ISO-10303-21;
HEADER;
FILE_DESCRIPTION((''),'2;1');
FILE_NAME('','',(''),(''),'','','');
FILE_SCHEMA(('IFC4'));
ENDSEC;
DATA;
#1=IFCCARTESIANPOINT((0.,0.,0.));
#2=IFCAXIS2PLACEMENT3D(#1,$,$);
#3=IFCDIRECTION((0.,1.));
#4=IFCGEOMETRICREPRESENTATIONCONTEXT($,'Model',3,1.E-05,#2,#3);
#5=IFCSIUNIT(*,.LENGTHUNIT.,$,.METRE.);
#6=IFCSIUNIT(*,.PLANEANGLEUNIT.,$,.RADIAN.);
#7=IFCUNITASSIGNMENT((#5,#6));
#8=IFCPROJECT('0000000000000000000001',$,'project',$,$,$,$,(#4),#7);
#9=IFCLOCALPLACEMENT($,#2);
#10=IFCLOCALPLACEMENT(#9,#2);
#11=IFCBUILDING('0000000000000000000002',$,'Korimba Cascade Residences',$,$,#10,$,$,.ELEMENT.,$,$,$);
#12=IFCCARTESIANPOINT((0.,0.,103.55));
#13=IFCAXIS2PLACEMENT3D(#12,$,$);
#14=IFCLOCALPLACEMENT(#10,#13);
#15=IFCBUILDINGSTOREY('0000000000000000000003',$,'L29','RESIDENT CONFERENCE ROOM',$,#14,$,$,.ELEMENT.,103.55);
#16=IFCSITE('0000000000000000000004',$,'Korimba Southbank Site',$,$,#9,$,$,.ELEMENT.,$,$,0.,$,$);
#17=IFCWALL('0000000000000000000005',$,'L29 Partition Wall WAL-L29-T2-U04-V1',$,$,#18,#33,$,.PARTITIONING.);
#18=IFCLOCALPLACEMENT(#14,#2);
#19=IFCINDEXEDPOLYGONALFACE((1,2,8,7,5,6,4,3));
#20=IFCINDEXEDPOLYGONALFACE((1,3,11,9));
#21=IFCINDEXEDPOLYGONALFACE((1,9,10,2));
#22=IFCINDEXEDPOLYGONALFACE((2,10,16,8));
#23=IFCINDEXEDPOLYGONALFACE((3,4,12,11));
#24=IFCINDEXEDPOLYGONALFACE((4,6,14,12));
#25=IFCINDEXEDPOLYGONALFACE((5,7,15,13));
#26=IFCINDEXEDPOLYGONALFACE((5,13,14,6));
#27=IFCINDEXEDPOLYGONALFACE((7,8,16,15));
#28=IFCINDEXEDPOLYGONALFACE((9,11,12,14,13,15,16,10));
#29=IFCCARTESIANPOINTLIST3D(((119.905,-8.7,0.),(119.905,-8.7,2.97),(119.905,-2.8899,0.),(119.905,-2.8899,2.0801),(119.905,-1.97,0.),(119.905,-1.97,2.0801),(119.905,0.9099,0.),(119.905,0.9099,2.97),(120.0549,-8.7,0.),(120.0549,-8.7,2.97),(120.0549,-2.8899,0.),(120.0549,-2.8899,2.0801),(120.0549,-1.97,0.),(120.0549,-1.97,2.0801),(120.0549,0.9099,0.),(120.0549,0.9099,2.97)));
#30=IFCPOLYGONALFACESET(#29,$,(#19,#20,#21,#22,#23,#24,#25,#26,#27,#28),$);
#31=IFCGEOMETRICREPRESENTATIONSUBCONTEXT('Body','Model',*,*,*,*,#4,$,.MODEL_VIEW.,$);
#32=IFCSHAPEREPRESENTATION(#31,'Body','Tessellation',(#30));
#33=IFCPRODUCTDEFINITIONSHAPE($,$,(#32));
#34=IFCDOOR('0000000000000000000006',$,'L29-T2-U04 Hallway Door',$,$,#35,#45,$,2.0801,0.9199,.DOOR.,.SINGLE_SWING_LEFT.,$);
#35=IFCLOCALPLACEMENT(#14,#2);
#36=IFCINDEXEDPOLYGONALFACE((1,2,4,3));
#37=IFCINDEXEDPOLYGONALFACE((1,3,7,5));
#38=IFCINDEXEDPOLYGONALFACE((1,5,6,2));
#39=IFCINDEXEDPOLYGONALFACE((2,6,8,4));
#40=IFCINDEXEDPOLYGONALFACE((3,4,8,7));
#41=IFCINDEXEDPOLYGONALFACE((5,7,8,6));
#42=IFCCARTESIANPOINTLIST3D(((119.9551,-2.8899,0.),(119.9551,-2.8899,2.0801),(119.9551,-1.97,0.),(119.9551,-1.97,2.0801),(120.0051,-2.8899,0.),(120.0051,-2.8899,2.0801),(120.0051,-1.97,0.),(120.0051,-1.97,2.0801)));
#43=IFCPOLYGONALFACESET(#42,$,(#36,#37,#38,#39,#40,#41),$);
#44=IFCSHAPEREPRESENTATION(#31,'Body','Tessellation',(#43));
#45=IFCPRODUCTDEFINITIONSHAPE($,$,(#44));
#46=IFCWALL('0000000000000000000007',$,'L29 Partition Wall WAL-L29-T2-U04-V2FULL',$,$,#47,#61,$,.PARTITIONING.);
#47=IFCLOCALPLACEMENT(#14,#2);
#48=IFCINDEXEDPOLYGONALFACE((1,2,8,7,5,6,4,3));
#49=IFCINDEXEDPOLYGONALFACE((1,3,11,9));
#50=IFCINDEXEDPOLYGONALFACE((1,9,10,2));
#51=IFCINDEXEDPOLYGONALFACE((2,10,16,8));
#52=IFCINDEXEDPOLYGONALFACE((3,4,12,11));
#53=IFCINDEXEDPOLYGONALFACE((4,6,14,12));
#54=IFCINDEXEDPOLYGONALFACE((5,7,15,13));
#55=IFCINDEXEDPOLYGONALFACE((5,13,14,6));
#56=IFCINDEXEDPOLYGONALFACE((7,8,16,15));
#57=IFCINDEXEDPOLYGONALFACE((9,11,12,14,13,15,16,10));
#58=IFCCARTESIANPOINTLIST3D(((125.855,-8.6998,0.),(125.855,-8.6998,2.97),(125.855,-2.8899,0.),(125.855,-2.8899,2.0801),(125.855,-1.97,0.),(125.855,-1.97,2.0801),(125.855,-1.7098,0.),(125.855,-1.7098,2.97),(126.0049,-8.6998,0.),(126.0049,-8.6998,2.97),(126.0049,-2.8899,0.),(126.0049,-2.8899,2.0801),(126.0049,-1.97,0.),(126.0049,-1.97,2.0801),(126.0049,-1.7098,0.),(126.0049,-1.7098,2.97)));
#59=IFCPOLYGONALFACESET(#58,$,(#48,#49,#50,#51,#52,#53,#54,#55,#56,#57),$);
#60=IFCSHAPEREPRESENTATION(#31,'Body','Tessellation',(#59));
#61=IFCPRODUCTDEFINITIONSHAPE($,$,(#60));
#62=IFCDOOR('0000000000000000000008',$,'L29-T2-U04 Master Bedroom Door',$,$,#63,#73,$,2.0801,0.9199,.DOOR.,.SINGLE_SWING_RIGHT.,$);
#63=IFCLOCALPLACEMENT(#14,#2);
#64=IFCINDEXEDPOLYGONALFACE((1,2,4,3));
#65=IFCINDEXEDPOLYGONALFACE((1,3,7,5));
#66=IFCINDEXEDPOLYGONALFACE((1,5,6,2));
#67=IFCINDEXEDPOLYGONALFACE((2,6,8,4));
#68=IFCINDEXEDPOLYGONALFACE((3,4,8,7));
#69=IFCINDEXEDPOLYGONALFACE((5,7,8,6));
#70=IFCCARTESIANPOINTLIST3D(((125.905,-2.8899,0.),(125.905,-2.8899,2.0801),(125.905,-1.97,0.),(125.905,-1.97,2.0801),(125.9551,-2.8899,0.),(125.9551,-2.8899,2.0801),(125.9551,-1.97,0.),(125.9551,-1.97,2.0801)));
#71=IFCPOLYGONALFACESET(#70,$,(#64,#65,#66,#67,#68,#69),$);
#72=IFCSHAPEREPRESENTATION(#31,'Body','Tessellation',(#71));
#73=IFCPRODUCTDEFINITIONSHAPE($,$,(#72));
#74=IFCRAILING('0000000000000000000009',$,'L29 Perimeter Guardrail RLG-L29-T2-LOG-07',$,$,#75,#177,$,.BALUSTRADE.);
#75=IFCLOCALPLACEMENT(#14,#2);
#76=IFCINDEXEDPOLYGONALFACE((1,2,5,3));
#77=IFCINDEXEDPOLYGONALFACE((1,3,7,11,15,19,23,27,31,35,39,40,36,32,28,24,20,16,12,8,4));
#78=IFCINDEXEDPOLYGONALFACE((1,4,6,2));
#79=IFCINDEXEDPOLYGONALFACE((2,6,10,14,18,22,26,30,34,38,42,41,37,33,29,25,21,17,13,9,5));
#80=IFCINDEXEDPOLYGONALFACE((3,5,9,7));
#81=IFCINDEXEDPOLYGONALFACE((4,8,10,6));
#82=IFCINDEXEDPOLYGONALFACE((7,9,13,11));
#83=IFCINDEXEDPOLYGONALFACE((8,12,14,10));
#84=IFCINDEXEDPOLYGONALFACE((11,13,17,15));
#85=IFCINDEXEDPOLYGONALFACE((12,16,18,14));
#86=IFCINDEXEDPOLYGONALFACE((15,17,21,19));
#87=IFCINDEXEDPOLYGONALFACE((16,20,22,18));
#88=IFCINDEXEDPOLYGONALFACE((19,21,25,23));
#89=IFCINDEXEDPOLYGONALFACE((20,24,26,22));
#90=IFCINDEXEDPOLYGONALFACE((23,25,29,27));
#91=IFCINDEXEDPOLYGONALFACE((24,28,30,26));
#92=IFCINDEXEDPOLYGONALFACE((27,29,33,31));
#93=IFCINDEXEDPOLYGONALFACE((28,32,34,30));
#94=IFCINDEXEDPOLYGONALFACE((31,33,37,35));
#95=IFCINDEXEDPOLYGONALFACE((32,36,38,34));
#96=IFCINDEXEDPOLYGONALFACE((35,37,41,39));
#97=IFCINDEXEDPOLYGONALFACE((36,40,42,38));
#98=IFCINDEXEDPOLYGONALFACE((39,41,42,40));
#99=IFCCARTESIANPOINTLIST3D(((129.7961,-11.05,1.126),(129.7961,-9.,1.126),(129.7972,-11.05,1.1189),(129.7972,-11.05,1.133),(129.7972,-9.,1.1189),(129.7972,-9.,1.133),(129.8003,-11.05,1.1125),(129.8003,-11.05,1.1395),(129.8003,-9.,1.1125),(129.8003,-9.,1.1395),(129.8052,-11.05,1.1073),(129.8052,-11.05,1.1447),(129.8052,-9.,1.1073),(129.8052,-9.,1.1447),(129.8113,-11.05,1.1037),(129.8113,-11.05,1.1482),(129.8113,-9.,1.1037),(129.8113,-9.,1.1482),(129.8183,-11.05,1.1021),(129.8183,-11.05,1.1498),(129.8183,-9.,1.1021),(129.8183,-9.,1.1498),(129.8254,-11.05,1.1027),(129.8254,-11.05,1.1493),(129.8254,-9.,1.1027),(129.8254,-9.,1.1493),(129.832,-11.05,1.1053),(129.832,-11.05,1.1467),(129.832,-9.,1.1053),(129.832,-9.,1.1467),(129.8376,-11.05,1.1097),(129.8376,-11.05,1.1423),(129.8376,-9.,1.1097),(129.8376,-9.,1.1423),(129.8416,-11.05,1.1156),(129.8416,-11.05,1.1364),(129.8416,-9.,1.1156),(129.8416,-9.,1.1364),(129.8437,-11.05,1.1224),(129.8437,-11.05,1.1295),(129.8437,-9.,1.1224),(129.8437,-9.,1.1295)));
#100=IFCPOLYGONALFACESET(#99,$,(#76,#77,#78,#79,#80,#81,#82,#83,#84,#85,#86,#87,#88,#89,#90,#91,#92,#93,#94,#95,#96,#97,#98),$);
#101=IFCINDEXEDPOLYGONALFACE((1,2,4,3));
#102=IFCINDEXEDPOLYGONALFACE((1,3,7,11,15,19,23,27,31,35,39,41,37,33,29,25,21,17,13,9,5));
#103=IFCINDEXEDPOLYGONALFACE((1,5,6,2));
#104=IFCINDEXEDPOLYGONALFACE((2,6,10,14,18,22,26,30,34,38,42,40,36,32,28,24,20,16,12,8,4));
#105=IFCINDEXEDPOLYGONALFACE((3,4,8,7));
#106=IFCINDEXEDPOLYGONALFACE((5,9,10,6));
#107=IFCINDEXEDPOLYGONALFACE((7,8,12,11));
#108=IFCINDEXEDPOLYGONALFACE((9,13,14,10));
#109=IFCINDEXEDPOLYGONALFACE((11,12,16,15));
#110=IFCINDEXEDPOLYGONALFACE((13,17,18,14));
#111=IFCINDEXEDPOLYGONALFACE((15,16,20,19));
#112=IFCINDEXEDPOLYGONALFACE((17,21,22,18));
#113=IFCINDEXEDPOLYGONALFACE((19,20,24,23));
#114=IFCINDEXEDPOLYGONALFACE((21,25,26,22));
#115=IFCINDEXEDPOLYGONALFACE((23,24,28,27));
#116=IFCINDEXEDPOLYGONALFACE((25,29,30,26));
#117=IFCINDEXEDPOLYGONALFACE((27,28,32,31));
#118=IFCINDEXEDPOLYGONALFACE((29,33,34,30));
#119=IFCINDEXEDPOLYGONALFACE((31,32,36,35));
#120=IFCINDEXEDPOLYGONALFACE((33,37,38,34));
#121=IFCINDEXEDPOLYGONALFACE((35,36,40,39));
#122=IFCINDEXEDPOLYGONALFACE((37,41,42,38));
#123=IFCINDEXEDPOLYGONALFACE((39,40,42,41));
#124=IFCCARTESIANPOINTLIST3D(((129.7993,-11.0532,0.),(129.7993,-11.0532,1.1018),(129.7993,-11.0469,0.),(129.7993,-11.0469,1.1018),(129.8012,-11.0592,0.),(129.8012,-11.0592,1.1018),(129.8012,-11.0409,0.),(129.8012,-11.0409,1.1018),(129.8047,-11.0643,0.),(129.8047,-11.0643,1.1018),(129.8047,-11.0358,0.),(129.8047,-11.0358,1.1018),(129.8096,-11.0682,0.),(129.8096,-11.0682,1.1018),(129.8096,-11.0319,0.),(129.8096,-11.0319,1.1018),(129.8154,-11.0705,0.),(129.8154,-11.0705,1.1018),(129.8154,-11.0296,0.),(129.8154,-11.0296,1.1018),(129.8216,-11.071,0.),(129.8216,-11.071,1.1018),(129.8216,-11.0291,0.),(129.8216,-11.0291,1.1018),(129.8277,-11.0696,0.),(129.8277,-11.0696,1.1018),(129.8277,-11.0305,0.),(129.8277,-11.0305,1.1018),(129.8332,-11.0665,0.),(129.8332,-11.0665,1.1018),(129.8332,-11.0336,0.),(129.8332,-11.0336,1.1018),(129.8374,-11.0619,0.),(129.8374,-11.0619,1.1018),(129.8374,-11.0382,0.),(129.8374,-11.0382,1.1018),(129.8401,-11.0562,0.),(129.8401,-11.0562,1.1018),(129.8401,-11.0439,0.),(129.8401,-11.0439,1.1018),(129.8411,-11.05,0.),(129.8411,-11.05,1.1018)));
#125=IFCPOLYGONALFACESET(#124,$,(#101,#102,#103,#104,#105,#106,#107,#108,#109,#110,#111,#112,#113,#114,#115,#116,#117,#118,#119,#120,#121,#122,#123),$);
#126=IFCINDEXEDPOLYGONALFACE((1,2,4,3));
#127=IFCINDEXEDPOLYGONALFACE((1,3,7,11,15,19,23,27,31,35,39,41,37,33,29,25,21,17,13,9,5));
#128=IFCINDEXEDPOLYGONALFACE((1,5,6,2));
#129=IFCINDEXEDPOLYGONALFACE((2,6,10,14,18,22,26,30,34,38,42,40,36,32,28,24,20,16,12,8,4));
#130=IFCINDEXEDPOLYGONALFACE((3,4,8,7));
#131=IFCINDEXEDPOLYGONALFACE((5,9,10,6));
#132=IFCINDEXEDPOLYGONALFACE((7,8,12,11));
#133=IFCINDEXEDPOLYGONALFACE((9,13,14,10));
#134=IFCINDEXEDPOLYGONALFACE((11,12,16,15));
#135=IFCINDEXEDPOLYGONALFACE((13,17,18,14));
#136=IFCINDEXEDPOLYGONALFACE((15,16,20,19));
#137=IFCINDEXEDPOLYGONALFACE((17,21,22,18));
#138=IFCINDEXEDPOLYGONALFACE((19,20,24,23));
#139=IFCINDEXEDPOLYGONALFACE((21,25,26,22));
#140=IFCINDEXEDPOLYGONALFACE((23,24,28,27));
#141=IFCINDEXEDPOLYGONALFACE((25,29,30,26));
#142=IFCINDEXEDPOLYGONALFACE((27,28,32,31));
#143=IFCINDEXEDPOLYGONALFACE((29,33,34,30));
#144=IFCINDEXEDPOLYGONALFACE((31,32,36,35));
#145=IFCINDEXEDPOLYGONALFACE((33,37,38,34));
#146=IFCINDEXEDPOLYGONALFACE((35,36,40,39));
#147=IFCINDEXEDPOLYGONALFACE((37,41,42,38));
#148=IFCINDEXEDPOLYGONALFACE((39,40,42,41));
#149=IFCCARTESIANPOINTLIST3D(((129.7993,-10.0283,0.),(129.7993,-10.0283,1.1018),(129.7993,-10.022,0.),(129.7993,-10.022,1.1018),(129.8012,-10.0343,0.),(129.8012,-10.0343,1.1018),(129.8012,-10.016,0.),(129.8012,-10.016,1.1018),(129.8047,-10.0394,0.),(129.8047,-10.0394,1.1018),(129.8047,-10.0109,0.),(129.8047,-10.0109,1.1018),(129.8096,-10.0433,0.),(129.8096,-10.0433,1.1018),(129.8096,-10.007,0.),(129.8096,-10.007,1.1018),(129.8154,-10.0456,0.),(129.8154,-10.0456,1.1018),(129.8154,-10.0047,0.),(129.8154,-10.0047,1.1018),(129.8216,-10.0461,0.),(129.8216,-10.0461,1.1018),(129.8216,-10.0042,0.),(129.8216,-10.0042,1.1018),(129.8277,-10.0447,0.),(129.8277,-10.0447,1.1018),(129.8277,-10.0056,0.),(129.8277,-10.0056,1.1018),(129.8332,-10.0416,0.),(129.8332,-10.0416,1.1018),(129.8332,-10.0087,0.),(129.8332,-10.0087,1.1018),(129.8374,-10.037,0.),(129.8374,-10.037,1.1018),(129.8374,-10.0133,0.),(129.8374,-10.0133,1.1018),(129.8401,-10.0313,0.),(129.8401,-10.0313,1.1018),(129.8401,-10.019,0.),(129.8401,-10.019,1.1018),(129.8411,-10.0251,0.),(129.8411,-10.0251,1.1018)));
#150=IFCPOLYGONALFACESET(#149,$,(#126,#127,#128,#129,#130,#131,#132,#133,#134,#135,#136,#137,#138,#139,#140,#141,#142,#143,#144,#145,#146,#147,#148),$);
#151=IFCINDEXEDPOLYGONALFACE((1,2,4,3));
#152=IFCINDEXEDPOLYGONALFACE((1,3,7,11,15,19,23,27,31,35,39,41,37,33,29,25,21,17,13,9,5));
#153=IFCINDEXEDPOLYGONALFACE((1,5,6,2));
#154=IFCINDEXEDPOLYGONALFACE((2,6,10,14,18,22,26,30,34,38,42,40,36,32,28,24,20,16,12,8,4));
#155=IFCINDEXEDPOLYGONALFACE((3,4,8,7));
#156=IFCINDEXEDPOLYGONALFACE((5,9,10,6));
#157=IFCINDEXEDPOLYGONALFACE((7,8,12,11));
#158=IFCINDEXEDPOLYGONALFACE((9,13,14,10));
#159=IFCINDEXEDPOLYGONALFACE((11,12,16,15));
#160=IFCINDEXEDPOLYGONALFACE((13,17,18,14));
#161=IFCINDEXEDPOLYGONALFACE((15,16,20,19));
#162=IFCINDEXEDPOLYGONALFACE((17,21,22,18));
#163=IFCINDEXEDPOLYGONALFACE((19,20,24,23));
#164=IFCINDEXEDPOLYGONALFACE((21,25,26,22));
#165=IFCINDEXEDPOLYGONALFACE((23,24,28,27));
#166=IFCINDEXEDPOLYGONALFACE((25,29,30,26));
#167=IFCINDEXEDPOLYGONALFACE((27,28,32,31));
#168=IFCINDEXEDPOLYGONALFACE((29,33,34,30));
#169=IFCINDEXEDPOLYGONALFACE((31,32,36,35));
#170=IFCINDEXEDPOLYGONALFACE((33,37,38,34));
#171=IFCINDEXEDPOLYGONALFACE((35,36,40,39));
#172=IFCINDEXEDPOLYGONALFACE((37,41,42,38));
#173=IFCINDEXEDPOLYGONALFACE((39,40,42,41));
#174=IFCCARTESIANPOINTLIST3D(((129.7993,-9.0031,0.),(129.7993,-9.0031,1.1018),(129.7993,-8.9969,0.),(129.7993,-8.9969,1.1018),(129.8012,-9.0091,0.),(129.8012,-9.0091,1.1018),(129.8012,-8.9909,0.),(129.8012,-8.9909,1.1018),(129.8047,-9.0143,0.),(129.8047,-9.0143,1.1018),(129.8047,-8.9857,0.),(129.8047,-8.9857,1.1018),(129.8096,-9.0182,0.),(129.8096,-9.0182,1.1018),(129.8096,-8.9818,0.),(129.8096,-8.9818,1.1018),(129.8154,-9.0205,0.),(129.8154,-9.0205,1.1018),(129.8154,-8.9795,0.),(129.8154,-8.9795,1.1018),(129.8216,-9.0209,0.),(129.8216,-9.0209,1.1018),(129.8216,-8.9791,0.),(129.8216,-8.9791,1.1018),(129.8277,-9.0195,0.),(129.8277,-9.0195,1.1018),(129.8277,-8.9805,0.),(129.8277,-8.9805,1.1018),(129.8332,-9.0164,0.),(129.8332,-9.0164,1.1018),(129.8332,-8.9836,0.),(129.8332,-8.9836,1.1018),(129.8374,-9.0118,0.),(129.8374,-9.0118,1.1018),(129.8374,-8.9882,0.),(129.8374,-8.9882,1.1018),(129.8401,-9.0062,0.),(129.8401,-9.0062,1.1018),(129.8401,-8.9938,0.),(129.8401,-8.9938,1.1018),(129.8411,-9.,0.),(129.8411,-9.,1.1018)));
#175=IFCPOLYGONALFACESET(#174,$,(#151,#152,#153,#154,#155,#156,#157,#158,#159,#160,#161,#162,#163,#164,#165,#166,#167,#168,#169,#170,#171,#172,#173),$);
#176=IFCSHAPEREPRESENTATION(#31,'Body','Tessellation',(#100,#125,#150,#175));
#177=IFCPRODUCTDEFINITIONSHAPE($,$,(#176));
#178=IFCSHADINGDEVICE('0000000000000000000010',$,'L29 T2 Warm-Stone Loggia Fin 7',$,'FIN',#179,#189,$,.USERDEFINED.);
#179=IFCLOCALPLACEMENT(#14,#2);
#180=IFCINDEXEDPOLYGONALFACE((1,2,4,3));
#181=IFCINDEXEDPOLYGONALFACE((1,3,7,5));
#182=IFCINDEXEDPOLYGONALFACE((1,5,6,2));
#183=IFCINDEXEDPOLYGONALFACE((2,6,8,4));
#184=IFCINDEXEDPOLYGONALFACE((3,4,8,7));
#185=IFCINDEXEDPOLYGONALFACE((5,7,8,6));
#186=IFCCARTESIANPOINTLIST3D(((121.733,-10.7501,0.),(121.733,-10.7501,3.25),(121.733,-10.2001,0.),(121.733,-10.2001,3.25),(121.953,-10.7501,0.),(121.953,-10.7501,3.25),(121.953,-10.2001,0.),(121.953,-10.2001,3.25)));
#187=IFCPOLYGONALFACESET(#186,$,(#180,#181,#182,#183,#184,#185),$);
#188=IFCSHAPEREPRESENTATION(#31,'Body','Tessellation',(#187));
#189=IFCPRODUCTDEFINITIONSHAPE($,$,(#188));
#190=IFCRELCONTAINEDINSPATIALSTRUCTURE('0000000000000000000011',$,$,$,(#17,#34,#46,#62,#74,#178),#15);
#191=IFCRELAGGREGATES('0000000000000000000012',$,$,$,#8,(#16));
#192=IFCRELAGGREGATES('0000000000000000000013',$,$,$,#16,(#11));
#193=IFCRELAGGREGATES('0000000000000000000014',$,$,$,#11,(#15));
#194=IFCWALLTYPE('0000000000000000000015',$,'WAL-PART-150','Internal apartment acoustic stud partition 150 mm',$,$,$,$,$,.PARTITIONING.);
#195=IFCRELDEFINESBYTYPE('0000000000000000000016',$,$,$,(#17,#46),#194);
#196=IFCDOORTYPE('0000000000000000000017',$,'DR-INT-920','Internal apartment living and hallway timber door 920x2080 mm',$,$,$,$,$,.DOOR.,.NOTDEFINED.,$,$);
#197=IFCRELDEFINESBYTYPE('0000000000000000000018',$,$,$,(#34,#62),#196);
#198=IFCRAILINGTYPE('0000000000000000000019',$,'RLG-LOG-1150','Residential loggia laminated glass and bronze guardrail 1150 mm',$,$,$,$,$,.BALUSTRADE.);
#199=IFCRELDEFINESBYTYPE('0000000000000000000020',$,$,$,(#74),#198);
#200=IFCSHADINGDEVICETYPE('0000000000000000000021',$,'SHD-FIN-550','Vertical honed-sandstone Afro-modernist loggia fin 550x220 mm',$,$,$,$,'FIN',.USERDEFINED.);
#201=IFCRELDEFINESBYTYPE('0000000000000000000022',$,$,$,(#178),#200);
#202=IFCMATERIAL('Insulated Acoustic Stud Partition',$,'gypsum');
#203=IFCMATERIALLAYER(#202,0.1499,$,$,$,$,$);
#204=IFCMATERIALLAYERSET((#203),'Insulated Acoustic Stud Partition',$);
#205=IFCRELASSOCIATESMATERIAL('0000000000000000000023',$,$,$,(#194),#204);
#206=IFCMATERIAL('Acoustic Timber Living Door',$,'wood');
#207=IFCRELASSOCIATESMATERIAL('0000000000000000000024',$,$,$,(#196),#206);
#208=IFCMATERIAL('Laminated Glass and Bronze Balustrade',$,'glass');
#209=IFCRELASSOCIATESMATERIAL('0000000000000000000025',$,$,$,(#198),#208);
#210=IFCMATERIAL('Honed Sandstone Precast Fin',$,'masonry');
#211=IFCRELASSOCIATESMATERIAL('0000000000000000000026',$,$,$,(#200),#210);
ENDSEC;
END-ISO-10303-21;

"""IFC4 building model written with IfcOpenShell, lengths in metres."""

from ifc_helpers import new_model, si_unit, direction, frame, frame_2d, origin, origin_2d, place, context, subcontext, project, spatial, rectangle, circle, extrude, material, layer, layer_set, type_object, element, fill, save


model = new_model("IFC4")

# Units and contexts
model_context = context("Model", 3, precision=1e-05, world=origin(), true_north=direction((0.0, 1.0)))
body_context = subcontext(model_context, "Body", "Model", "MODEL_VIEW")
ifc_project = project(units=[si_unit("LENGTHUNIT", "METRE"), si_unit("PLANEANGLEUNIT", "RADIAN")], contexts=[model_context])

# Site, building, storey
site_placement = place(None, origin())
site = spatial("IfcSite", under=ifc_project, at=site_placement, Name="Korimba Southbank Site", CompositionType="ELEMENT", RefElevation=0.0)
building_placement = place(site_placement, origin())
building = spatial("IfcBuilding", under=site, at=building_placement, Name="Korimba Cascade Residences", CompositionType="ELEMENT")
storey_placement = place(building_placement, frame((0.0, 0.0, 103.55)))
storey = spatial("IfcBuildingStorey", under=building, at=storey_placement, Name="L29", Description="RESIDENT CONFERENCE ROOM", CompositionType="ELEMENT", Elevation=103.55)

# Walls, openings, doors
ifc_material_1 = material(Name="Insulated Acoustic Stud Partition", Category="gypsum")
ifc_layer_1 = layer(ifc_material_1, 0.1499)
ifc_layer_set_1 = layer_set([ifc_layer_1], Name="Insulated Acoustic Stud Partition")
wall_type_1 = type_object("IfcWallType", Name="WAL-PART-150", Description="Internal apartment acoustic stud partition 150 mm", PredefinedType="PARTITIONING", material=ifc_layer_set_1)
wall_1_placement = place(storey_placement, frame((119.98, -8.7, 0.0), z_axis=(0.0, 0.0, 1.0), x_axis=(0.0, 1.0, 0.0)))
wall_1 = element("IfcWall", 1, at=wall_1_placement, inside=storey, type_object=wall_type_1, Name="L29 Partition Wall WAL-L29-T2-U04-V1", PredefinedType="PARTITIONING", context=body_context, shape_type="SweptSolid", body=[
    extrude(rectangle(XDim=9.6099, YDim=0.1499, at=frame_2d((4.8049, 0.0))), origin(), (0.0, 0.0, 1.0), 2.97),
])
opening_1_placement = place(wall_1_placement, frame((5.8101, 0.0, 0.0)))
opening_1 = element("IfcOpeningElement", 2, at=opening_1_placement, cuts=wall_1, PredefinedType="OPENING", context=body_context, shape_type="SweptSolid", body=[
    extrude(rectangle(XDim=0.9199, YDim=2.0801, at=frame_2d((0.46, 1.04))), frame((0.0, 0.085, 0.0), z_axis=(0.0, -1.0, 0.0), x_axis=(1.0, 0.0, 0.0)), (0.0, 0.0, 1.0), 0.1699),
])
ifc_material_2 = material(Name="Acoustic Timber Living Door", Category="wood")
door_type = type_object("IfcDoorType", Name="DR-INT-920", Description="Internal apartment living and hallway timber door 920x2080 mm", OperationType="NOTDEFINED", PredefinedType="DOOR", material=ifc_material_2)
door_1_placement = place(opening_1_placement, origin())
door_1 = element("IfcDoor", 3, at=door_1_placement, inside=storey, type_object=door_type, Name="L29-T2-U04 Hallway Door", OperationType="SINGLE_SWING_LEFT", OverallHeight=2.0801, OverallWidth=0.9199, PredefinedType="DOOR", context=body_context, shape_type="SweptSolid", body=[
    extrude(rectangle(XDim=0.9199, YDim=2.0801, at=frame_2d((0.46, 1.04))), frame((0.0, 0.0249, 0.0), z_axis=(0.0, -1.0, 0.0), x_axis=(1.0, 0.0, 0.0)), (0.0, 0.0, 1.0), 0.05),
])
fill(opening_1, door_1)
wall_2_placement = place(storey_placement, frame((125.9299, -8.7, 0.0), z_axis=(0.0, 0.0, 1.0), x_axis=(0.0, 1.0, 0.0)))
wall_2 = element("IfcWall", 4, at=wall_2_placement, inside=storey, type_object=wall_type_1, Name="L29 Partition Wall WAL-L29-T2-U04-V2FULL", PredefinedType="PARTITIONING", context=body_context, shape_type="SweptSolid", body=[
    extrude(rectangle(XDim=6.99, YDim=0.1499, at=frame_2d((3.4951, 0.0))), origin(), (0.0, 0.0, 1.0), 2.97),
])
opening_2_placement = place(wall_2_placement, frame((5.8101, 0.0, 0.0)))
opening_2 = element("IfcOpeningElement", 5, at=opening_2_placement, cuts=wall_2, PredefinedType="OPENING", context=body_context, shape_type="SweptSolid", body=[
    extrude(rectangle(XDim=0.9199, YDim=2.0801, at=frame_2d((0.46, 1.04))), frame((0.0, 0.085, 0.0), z_axis=(0.0, -1.0, 0.0), x_axis=(1.0, 0.0, 0.0)), (0.0, 0.0, 1.0), 0.1699),
])
door_2_placement = place(opening_2_placement, origin())
door_2 = element("IfcDoor", 6, at=door_2_placement, inside=storey, type_object=door_type, Name="L29-T2-U04 Master Bedroom Door", OperationType="SINGLE_SWING_RIGHT", OverallHeight=2.0801, OverallWidth=0.9199, PredefinedType="DOOR", context=body_context, shape_type="SweptSolid", body=[
    extrude(rectangle(XDim=0.9199, YDim=2.0801, at=frame_2d((0.46, 1.04))), frame((0.0, 0.0249, 0.0), z_axis=(0.0, -1.0, 0.0), x_axis=(1.0, 0.0, 0.0)), (0.0, 0.0, 1.0), 0.05),
])
fill(opening_2, door_2)

# Railing
ifc_material_3 = material(Name="Laminated Glass and Bronze Balustrade", Category="glass")
railing_type = type_object("IfcRailingType", Name="RLG-LOG-1150", Description="Residential loggia laminated glass and bronze guardrail 1150 mm", PredefinedType="BALUSTRADE", material=ifc_material_3)
railing_1_placement = place(storey_placement, frame((129.8201, -11.05, 0.0)))
element("IfcRailing", 7, at=railing_1_placement, inside=storey, type_object=railing_type, Name="L29 Perimeter Guardrail RLG-L29-T2-LOG-07", PredefinedType="BALUSTRADE", context=body_context, shape_type="SweptSolid", body=[
    extrude(circle(Radius=0.0239, at=origin_2d()), frame((0.0, 0.0, 1.126), z_axis=(0.0, 1.0, 0.0), x_axis=(-1.0, 0.0, 0.0)), (0.0, 0.0, 1.0), 2.05),
    extrude(circle(Radius=0.021, at=origin_2d()), origin(), (0.0, 0.0, 1.0), 1.1018),
    extrude(circle(Radius=0.021, at=origin_2d()), frame((0.0, 1.0249, 0.0)), (0.0, 0.0, 1.0), 1.1018),
    extrude(circle(Radius=0.021, at=origin_2d()), frame((0.0, 2.05, 0.0)), (0.0, 0.0, 1.0), 1.1018),
])

# Shading device
ifc_material_4 = material(Name="Honed Sandstone Precast Fin", Category="masonry")
shading_device_type = type_object("IfcShadingDeviceType", Name="SHD-FIN-550", Description="Vertical honed-sandstone Afro-modernist loggia fin 550x220 mm", ElementType="FIN", PredefinedType="USERDEFINED", material=ifc_material_4)
for number, where, z_axis, x_axis, name in (
    (8, (121.843, -10.4751, 0.0), (0.0, 0.0, 1.0), (1.0, 0.0, 0.0), "L29 T2 Warm-Stone Loggia Fin 7"),
):
    element("IfcShadingDevice", number, at=place(storey_placement, frame(where, z_axis=z_axis, x_axis=x_axis)), inside=storey, type_object=shading_device_type, Name=name, ObjectType="FIN", PredefinedType="USERDEFINED", context=body_context, shape_type="SweptSolid", body=[
        extrude(rectangle(XDim=0.22, YDim=0.55, at=origin_2d()), origin(), (0.0, 0.0, 1.0), 3.25),
    ])

save(model, "model.ifc")
